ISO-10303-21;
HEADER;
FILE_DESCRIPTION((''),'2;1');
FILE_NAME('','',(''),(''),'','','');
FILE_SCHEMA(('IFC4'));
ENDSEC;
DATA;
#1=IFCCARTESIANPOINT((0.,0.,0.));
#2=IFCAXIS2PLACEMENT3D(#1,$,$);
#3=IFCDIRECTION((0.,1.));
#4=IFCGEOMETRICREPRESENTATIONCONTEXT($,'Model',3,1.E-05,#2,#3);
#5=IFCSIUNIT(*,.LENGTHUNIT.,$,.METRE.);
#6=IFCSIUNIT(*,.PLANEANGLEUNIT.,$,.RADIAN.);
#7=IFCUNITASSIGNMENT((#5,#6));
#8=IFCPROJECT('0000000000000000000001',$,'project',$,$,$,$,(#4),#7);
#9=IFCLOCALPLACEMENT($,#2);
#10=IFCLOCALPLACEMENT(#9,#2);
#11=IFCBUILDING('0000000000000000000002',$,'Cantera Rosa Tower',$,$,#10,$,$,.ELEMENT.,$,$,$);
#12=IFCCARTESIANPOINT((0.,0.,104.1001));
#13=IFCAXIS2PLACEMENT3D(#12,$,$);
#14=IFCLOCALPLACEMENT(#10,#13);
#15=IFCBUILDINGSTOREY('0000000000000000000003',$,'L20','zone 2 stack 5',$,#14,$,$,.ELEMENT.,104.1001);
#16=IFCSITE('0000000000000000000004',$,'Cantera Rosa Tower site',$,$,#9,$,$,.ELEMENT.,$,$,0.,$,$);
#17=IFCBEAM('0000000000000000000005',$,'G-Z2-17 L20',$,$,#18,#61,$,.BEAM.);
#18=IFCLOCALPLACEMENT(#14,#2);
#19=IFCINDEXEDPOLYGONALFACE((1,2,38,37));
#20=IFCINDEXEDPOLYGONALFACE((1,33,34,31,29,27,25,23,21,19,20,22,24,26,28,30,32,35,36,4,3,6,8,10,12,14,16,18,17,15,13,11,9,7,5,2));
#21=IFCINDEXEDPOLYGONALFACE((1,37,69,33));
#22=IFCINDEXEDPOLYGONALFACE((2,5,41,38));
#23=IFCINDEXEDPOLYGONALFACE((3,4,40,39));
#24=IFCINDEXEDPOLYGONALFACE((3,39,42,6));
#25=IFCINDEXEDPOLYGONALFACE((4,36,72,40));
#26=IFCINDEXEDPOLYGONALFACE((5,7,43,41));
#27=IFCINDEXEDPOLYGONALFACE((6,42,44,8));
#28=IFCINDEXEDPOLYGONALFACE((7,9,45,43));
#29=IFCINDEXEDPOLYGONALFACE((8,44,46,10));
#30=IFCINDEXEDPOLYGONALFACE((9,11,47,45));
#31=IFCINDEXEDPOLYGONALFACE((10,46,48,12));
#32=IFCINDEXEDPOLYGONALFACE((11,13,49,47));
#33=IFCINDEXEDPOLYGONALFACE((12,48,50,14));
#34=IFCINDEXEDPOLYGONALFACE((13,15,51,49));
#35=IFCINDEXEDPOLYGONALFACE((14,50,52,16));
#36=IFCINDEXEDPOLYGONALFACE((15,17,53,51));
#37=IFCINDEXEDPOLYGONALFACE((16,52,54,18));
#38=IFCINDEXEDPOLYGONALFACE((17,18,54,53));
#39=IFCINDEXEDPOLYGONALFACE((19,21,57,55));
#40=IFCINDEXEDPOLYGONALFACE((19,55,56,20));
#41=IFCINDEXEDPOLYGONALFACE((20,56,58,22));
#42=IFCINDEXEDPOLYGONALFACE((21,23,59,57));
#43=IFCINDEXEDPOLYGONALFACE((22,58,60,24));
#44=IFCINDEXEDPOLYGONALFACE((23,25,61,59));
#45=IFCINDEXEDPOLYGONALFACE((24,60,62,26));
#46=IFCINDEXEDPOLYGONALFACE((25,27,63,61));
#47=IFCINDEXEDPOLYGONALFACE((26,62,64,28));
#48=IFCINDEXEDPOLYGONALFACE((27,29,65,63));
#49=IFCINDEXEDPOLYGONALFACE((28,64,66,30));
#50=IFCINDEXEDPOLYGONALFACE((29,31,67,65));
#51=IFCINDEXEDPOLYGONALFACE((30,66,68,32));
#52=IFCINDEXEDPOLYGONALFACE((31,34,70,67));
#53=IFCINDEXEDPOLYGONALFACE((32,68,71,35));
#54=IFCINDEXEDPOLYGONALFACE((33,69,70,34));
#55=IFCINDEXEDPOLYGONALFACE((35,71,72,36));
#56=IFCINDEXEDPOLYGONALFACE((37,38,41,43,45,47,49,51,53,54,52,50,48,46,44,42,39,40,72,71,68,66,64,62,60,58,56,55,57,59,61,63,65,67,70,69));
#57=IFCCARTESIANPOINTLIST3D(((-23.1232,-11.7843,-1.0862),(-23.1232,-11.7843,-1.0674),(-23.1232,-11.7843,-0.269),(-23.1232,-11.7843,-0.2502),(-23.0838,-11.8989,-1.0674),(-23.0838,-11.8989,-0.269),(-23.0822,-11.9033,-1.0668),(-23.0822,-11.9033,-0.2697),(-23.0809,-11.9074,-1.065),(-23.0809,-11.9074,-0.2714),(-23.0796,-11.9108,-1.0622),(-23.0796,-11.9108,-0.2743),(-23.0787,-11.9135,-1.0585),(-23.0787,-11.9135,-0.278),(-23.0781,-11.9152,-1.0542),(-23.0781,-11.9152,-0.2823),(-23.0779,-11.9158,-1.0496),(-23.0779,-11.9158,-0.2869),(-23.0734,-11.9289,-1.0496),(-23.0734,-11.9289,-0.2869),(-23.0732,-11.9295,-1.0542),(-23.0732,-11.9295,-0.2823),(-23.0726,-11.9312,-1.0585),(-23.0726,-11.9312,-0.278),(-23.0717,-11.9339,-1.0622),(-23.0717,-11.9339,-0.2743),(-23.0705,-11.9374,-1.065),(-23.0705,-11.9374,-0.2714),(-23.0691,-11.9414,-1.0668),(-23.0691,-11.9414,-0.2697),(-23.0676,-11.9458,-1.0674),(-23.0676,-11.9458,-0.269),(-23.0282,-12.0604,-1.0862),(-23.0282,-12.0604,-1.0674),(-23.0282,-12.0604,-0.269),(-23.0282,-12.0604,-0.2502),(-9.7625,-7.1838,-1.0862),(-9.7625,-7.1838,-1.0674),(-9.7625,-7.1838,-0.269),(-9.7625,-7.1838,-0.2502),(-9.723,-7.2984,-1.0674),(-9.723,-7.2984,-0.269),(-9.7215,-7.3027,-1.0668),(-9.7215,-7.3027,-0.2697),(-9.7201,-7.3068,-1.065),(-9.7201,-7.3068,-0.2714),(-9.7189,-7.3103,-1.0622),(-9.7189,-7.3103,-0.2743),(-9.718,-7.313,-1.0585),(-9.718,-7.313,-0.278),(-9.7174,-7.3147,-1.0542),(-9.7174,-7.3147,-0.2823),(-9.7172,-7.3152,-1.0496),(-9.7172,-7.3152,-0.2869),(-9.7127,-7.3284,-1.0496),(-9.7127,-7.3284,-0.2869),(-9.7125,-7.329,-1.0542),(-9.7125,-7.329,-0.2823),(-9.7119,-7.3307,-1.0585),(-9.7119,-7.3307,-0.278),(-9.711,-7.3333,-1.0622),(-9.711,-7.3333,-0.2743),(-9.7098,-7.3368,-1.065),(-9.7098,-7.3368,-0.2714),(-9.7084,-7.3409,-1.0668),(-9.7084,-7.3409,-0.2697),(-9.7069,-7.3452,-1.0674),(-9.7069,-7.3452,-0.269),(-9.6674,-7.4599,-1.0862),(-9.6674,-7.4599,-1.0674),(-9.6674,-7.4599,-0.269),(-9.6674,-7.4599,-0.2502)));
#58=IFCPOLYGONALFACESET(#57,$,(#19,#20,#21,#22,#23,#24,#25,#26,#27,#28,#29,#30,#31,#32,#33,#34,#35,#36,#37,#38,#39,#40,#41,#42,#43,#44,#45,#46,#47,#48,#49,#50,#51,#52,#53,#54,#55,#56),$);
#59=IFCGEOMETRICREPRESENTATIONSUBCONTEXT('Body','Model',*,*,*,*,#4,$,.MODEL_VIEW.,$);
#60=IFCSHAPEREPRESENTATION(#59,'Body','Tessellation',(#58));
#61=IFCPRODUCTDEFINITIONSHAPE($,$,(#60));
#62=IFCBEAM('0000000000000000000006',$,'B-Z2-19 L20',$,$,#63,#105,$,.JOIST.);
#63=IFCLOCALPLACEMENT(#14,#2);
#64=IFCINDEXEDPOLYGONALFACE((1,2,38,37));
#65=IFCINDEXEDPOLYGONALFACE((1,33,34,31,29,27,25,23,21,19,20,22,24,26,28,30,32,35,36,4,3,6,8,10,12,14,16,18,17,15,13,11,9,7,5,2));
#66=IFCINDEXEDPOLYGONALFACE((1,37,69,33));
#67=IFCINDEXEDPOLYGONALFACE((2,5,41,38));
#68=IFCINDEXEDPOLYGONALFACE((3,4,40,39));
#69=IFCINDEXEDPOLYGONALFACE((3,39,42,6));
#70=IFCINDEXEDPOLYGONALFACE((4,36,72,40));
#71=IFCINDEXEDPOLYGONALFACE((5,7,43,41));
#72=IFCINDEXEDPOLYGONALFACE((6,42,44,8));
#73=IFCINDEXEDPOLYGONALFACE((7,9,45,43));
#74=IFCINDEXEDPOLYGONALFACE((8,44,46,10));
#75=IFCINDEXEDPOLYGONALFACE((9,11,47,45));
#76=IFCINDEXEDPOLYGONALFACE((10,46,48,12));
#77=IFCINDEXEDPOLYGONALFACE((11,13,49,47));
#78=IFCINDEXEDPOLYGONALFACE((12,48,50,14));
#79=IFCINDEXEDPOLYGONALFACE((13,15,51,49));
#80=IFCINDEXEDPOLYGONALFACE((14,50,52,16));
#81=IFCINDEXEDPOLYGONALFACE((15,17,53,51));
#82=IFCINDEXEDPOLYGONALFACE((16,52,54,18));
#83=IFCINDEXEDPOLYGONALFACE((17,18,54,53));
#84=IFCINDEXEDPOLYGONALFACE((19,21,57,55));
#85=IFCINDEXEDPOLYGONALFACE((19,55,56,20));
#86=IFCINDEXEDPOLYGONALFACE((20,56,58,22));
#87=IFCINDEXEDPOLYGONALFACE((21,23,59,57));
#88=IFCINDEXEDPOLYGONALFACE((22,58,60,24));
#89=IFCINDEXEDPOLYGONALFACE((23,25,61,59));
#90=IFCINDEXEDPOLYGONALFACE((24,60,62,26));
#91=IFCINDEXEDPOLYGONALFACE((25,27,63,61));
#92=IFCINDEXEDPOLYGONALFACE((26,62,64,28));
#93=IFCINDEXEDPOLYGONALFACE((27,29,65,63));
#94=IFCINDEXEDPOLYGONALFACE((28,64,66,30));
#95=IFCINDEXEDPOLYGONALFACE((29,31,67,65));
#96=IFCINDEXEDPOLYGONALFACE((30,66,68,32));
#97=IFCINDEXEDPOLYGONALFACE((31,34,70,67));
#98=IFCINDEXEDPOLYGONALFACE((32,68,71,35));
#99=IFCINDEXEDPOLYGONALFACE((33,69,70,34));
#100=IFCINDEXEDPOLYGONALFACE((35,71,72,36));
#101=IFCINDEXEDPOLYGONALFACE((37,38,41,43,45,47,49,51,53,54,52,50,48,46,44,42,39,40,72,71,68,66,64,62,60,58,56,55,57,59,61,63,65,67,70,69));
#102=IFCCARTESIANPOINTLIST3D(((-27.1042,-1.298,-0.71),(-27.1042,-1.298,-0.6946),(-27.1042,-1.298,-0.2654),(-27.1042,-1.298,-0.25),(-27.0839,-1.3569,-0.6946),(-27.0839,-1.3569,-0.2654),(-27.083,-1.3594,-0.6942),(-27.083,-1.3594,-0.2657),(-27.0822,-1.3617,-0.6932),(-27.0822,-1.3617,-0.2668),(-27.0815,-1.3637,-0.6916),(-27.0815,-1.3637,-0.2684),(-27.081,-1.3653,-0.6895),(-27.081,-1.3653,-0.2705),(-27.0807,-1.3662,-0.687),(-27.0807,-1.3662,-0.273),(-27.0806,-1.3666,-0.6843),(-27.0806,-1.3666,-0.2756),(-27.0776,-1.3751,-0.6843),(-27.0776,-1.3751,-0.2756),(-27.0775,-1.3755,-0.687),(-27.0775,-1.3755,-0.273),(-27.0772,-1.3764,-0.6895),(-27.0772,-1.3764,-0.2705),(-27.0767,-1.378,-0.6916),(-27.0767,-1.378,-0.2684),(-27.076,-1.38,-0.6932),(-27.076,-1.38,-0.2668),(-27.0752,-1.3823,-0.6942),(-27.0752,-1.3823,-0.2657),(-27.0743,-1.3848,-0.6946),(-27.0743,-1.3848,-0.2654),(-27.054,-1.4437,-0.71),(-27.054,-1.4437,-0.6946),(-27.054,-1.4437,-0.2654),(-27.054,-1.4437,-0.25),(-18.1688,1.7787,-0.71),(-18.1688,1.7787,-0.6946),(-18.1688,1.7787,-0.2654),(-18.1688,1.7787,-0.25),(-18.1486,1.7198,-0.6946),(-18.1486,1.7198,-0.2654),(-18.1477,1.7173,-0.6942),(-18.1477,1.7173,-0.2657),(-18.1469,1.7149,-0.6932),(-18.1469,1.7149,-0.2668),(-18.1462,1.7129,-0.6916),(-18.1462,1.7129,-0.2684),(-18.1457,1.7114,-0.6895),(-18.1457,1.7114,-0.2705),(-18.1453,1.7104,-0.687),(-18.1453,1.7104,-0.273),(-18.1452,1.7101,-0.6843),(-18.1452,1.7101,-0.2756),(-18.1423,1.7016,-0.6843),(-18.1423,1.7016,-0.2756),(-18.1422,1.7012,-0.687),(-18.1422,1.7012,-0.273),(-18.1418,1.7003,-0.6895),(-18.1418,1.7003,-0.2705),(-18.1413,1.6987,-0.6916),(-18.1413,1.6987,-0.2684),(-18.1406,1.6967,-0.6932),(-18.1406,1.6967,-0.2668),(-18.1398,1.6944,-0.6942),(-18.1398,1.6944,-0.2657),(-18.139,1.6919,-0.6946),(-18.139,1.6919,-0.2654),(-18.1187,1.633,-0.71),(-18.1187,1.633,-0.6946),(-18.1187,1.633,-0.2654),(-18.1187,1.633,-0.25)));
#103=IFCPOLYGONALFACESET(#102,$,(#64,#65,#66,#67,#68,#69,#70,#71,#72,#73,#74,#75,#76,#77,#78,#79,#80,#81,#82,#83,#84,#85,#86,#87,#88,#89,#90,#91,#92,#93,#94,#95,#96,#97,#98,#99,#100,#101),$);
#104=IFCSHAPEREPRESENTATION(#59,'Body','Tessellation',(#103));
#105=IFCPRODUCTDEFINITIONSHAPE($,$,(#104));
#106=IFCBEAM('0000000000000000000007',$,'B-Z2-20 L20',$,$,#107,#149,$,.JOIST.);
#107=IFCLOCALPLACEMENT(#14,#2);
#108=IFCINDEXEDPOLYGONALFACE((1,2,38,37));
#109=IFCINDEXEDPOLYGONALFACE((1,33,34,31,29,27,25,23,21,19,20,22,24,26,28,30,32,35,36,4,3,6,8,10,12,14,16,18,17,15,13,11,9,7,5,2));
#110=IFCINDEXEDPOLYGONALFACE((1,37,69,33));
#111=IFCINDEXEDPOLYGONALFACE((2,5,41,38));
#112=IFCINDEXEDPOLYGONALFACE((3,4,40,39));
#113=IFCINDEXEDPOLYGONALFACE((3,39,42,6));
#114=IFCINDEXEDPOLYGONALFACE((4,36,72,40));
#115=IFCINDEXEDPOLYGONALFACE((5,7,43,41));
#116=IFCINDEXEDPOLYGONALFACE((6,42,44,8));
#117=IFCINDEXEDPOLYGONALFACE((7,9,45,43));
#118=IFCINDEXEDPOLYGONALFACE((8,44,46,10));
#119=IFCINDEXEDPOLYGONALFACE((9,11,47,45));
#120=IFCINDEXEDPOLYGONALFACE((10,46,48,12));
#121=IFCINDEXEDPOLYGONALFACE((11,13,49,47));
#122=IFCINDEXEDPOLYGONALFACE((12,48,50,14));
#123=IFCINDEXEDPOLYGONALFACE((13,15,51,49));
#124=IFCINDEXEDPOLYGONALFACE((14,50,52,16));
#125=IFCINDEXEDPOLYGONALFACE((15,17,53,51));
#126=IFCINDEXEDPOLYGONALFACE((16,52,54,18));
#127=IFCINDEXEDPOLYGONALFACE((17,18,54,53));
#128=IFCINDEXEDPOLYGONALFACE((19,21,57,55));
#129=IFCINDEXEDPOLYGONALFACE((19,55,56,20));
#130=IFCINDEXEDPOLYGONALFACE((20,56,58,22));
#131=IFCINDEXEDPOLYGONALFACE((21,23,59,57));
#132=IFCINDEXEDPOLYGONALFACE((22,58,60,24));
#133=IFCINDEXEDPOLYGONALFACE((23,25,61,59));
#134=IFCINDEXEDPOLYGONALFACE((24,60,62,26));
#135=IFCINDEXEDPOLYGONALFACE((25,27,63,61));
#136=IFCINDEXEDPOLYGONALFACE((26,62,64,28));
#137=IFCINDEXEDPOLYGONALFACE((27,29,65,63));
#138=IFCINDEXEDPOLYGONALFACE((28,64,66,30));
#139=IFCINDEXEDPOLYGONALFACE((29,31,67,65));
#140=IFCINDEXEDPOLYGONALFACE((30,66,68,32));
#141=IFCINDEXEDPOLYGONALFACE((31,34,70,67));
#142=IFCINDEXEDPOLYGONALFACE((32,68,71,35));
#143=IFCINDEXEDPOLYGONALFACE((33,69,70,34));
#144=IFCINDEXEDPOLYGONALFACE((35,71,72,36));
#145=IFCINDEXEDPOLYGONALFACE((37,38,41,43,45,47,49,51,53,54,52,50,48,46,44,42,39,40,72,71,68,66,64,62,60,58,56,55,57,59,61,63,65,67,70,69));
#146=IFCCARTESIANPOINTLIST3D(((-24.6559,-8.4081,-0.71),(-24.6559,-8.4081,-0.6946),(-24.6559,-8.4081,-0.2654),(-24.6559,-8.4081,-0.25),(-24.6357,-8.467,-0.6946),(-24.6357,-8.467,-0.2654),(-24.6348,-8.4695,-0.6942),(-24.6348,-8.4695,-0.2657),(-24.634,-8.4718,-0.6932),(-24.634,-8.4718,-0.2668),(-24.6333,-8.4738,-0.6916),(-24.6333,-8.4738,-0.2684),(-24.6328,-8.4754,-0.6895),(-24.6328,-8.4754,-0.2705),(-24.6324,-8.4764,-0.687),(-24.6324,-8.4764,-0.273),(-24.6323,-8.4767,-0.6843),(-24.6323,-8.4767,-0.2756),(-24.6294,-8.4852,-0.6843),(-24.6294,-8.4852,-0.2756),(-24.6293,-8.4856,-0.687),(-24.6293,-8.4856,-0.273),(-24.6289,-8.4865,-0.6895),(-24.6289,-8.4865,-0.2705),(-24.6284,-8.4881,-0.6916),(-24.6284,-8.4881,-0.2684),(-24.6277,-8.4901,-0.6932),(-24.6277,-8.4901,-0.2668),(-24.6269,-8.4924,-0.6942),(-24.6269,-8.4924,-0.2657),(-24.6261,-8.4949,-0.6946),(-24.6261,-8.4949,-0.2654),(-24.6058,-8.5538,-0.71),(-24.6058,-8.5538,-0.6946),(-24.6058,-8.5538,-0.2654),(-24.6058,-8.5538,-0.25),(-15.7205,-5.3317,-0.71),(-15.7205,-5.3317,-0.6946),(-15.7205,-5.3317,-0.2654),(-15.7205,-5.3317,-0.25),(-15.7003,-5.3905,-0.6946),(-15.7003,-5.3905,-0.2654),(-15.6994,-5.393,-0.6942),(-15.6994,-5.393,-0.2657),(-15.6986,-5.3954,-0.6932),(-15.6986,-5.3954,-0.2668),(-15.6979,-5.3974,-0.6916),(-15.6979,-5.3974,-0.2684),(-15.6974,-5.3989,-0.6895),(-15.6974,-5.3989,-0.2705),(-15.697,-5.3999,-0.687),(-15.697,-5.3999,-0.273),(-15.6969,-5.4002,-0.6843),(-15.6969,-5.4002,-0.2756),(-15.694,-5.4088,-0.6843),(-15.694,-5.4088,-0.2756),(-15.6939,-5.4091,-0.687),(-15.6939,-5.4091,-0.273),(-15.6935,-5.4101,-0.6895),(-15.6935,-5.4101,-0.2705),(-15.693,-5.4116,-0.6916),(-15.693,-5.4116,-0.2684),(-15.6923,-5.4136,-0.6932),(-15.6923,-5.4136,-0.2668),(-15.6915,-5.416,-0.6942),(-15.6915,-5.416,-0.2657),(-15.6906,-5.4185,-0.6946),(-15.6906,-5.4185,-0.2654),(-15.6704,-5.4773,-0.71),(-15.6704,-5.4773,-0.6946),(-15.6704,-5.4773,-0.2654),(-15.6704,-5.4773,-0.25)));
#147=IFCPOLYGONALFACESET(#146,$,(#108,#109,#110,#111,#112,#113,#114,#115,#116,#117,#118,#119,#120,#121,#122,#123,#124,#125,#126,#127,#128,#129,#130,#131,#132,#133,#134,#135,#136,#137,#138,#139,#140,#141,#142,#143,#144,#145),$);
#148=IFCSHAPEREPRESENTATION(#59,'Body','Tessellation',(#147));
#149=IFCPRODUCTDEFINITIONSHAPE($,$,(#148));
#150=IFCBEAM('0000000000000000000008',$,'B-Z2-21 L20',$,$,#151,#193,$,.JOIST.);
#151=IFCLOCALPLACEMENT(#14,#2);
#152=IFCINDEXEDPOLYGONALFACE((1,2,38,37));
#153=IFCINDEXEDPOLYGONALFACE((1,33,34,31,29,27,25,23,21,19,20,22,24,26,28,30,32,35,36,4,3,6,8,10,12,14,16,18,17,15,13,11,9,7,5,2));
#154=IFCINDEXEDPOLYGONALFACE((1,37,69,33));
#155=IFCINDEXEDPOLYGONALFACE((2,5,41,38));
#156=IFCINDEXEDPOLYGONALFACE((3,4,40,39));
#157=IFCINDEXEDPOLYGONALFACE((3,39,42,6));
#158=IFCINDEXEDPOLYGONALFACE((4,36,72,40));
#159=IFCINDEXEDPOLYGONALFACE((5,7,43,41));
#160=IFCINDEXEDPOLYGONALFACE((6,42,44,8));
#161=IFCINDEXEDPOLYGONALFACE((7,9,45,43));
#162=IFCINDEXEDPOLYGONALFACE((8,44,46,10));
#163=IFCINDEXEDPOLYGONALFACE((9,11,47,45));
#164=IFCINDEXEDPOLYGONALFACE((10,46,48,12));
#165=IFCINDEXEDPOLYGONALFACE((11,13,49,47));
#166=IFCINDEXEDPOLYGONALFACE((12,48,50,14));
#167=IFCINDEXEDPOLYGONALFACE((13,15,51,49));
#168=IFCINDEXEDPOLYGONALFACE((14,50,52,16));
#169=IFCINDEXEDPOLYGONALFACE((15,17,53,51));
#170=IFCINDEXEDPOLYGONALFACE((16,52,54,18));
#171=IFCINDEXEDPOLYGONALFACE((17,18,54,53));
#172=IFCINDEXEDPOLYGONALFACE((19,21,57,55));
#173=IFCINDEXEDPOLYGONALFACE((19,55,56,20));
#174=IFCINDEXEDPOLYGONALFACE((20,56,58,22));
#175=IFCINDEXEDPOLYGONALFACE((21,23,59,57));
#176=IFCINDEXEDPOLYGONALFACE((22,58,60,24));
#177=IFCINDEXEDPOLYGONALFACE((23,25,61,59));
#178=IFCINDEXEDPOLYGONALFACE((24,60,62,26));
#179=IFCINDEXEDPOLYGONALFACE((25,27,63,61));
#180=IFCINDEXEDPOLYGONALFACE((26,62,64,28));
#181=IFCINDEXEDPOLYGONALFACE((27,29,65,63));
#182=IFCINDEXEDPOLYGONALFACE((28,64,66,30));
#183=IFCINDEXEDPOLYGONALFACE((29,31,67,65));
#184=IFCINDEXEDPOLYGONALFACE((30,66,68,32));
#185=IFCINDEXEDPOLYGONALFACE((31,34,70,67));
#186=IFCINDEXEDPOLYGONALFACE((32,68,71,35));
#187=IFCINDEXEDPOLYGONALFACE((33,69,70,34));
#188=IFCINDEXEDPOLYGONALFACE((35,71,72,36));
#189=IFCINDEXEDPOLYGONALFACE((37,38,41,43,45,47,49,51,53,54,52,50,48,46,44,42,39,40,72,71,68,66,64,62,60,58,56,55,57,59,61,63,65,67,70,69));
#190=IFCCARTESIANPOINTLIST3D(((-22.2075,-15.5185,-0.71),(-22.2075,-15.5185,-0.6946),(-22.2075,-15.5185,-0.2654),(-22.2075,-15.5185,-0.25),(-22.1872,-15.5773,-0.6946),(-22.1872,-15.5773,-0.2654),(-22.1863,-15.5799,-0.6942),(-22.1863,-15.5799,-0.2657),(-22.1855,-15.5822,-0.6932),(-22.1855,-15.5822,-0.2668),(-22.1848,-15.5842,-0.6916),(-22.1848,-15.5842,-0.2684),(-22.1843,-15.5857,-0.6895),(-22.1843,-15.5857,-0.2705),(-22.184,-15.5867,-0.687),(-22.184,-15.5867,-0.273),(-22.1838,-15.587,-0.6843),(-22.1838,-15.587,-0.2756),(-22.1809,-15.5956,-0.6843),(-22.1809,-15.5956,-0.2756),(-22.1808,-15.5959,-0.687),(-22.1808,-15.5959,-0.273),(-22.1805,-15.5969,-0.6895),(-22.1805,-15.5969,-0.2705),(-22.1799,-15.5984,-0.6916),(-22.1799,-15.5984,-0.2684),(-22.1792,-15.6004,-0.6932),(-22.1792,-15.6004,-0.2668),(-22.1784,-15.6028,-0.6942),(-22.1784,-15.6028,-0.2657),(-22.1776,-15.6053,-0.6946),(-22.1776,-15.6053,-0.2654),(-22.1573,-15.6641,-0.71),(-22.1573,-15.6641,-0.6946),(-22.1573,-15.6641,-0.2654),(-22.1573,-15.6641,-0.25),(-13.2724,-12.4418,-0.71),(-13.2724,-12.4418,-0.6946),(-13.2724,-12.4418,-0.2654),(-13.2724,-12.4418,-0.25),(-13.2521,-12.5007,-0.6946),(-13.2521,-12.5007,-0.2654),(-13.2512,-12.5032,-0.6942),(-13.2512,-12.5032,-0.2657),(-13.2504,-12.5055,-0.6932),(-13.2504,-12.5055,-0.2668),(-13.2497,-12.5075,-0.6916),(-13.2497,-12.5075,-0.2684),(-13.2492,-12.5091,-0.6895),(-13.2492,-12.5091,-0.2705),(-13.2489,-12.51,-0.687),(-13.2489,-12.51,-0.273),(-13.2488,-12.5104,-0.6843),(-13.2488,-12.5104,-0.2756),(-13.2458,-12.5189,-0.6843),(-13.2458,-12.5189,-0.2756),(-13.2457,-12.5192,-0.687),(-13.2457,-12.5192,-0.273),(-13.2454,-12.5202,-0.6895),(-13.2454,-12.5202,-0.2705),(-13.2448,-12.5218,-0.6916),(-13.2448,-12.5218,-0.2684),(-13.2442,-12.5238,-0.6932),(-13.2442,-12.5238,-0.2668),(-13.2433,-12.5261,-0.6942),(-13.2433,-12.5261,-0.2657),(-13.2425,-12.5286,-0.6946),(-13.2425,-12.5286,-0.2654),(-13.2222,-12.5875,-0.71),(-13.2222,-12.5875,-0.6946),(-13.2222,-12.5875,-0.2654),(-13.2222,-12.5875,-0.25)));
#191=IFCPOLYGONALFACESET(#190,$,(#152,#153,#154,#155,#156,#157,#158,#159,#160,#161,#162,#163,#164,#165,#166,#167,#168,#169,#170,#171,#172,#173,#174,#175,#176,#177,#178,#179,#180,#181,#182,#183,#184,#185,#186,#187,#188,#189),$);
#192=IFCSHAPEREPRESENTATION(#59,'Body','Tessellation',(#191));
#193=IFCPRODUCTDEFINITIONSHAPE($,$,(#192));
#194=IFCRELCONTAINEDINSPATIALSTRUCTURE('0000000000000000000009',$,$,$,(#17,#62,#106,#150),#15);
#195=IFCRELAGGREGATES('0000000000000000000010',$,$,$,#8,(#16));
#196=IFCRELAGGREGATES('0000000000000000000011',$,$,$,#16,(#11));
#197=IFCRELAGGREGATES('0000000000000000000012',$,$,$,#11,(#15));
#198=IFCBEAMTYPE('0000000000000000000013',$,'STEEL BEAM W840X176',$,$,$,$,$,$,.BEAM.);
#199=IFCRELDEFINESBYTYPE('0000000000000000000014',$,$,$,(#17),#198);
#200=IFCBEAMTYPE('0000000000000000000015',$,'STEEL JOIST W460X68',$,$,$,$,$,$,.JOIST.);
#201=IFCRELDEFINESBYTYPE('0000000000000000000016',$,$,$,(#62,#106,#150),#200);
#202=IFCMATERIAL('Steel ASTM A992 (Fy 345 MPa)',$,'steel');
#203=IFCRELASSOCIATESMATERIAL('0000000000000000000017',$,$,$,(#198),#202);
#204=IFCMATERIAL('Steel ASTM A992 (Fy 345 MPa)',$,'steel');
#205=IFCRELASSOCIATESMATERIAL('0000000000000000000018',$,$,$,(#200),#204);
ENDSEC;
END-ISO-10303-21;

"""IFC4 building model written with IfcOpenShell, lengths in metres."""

from ifc_helpers import new_model, si_unit, direction, frame, origin, origin_2d, place, context, subcontext, project, spatial, i_section, extrude, material, material_profile, profile_set, type_object, element, save


model = new_model("IFC4")

# Units and contexts
model_context = context("Model", 3, precision=1e-05, world=origin(), true_north=direction((0.0, 1.0)))
body_context = subcontext(model_context, "Body", "Model", "MODEL_VIEW")
ifc_project = project(units=[si_unit("LENGTHUNIT", "METRE"), si_unit("PLANEANGLEUNIT", "RADIAN")], contexts=[model_context])

# Site, building, storey
site_placement = place(None, origin())
site = spatial("IfcSite", under=ifc_project, at=site_placement, Name="Cantera Rosa Tower site", CompositionType="ELEMENT", RefElevation=0.0)
building_placement = place(site_placement, origin())
building = spatial("IfcBuilding", under=site, at=building_placement, Name="Cantera Rosa Tower", CompositionType="ELEMENT")
storey_placement = place(building_placement, frame((0.0, 0.0, 104.1001)))
storey = spatial("IfcBuildingStorey", under=building, at=storey_placement, Name="L20", Description="zone 2 stack 5", CompositionType="ELEMENT", Elevation=104.1001)

# Beams
ifc_material_1 = material(Name="Steel ASTM A992 (Fy 345 MPa)", Category="steel")
ifc_material_profile_1 = material_profile(ifc_material_1, i_section(OverallWidth=0.292, OverallDepth=0.8359, WebThickness=0.0139, FlangeThickness=0.0188, FilletRadius=0.0178, at=origin_2d()), Name="W840X176")
ifc_profile_set_1 = profile_set([ifc_material_profile_1], Name="Steel ASTM A992 (Fy 345 MPa)")
beam_type_1 = type_object("IfcBeamType", Name="STEEL BEAM W840X176", PredefinedType="BEAM", material=ifc_profile_set_1)
beam_1_placement = place(storey_placement, frame((-23.0757, -11.9224, -0.6682), z_axis=(0.945517, 0.325573, 0.0), x_axis=(-0.325573, 0.945517, 0.0)))
element("IfcBeam", 1, at=beam_1_placement, inside=storey, type_object=beam_type_1, Name="G-Z2-17 L20", PredefinedType="BEAM", context=body_context, shape_type="SweptSolid", body=[
    extrude(i_section(OverallWidth=0.292, OverallDepth=0.8359, WebThickness=0.0139, FlangeThickness=0.0188, FilletRadius=0.0178, at=origin_2d()), origin(), (0.0, 0.0, 1.0), 14.1306),
])
ifc_material_2 = material(Name="Steel ASTM A992 (Fy 345 MPa)", Category="steel")
ifc_material_profile_2 = material_profile(ifc_material_2, i_section(OverallWidth=0.1541, OverallDepth=0.46, WebThickness=0.009, FlangeThickness=0.0154, FilletRadius=0.0103, at=origin_2d()), Name="W460X68")
ifc_profile_set_2 = profile_set([ifc_material_profile_2], Name="Steel ASTM A992 (Fy 345 MPa)")
beam_type_2 = type_object("IfcBeamType", Name="STEEL JOIST W460X68", PredefinedType="JOIST", material=ifc_profile_set_2)
for number, where, z_axis, x_axis, name in (
    (2, (-27.0791, -1.3708, -0.48), (0.945519, 0.325567, 0.0), (-0.325567, 0.945519, 0.0), "B-Z2-19 L20"),
    (3, (-24.6309, -8.481, -0.48), (0.945527, 0.325544, 0.0), (-0.325544, 0.945527, 0.0), "B-Z2-20 L20"),
):
    element("IfcBeam", number, at=place(storey_placement, frame(where, z_axis=z_axis, x_axis=x_axis)), inside=storey, type_object=beam_type_2, Name=name, PredefinedType="JOIST", context=body_context, shape_type="SweptSolid", body=[
        extrude(i_section(OverallWidth=0.1541, OverallDepth=0.46, WebThickness=0.009, FlangeThickness=0.0154, FilletRadius=0.0103, at=origin_2d()), origin(), (0.0, 0.0, 1.0), 9.4502),
    ])
beam_2_placement = place(storey_placement, frame((-22.1824, -15.5913, -0.48), z_axis=(0.945516, 0.325575, 0.0), x_axis=(-0.325575, 0.945516, 0.0)))
element("IfcBeam", 4, at=beam_2_placement, inside=storey, type_object=beam_type_2, Name="B-Z2-21 L20", PredefinedType="JOIST", context=body_context, shape_type="SweptSolid", body=[
    extrude(i_section(OverallWidth=0.1541, OverallDepth=0.46, WebThickness=0.009, FlangeThickness=0.0154, FilletRadius=0.0103, at=origin_2d()), origin(), (0.0, 0.0, 1.0), 9.45),
])

save(model, "model.ifc")
